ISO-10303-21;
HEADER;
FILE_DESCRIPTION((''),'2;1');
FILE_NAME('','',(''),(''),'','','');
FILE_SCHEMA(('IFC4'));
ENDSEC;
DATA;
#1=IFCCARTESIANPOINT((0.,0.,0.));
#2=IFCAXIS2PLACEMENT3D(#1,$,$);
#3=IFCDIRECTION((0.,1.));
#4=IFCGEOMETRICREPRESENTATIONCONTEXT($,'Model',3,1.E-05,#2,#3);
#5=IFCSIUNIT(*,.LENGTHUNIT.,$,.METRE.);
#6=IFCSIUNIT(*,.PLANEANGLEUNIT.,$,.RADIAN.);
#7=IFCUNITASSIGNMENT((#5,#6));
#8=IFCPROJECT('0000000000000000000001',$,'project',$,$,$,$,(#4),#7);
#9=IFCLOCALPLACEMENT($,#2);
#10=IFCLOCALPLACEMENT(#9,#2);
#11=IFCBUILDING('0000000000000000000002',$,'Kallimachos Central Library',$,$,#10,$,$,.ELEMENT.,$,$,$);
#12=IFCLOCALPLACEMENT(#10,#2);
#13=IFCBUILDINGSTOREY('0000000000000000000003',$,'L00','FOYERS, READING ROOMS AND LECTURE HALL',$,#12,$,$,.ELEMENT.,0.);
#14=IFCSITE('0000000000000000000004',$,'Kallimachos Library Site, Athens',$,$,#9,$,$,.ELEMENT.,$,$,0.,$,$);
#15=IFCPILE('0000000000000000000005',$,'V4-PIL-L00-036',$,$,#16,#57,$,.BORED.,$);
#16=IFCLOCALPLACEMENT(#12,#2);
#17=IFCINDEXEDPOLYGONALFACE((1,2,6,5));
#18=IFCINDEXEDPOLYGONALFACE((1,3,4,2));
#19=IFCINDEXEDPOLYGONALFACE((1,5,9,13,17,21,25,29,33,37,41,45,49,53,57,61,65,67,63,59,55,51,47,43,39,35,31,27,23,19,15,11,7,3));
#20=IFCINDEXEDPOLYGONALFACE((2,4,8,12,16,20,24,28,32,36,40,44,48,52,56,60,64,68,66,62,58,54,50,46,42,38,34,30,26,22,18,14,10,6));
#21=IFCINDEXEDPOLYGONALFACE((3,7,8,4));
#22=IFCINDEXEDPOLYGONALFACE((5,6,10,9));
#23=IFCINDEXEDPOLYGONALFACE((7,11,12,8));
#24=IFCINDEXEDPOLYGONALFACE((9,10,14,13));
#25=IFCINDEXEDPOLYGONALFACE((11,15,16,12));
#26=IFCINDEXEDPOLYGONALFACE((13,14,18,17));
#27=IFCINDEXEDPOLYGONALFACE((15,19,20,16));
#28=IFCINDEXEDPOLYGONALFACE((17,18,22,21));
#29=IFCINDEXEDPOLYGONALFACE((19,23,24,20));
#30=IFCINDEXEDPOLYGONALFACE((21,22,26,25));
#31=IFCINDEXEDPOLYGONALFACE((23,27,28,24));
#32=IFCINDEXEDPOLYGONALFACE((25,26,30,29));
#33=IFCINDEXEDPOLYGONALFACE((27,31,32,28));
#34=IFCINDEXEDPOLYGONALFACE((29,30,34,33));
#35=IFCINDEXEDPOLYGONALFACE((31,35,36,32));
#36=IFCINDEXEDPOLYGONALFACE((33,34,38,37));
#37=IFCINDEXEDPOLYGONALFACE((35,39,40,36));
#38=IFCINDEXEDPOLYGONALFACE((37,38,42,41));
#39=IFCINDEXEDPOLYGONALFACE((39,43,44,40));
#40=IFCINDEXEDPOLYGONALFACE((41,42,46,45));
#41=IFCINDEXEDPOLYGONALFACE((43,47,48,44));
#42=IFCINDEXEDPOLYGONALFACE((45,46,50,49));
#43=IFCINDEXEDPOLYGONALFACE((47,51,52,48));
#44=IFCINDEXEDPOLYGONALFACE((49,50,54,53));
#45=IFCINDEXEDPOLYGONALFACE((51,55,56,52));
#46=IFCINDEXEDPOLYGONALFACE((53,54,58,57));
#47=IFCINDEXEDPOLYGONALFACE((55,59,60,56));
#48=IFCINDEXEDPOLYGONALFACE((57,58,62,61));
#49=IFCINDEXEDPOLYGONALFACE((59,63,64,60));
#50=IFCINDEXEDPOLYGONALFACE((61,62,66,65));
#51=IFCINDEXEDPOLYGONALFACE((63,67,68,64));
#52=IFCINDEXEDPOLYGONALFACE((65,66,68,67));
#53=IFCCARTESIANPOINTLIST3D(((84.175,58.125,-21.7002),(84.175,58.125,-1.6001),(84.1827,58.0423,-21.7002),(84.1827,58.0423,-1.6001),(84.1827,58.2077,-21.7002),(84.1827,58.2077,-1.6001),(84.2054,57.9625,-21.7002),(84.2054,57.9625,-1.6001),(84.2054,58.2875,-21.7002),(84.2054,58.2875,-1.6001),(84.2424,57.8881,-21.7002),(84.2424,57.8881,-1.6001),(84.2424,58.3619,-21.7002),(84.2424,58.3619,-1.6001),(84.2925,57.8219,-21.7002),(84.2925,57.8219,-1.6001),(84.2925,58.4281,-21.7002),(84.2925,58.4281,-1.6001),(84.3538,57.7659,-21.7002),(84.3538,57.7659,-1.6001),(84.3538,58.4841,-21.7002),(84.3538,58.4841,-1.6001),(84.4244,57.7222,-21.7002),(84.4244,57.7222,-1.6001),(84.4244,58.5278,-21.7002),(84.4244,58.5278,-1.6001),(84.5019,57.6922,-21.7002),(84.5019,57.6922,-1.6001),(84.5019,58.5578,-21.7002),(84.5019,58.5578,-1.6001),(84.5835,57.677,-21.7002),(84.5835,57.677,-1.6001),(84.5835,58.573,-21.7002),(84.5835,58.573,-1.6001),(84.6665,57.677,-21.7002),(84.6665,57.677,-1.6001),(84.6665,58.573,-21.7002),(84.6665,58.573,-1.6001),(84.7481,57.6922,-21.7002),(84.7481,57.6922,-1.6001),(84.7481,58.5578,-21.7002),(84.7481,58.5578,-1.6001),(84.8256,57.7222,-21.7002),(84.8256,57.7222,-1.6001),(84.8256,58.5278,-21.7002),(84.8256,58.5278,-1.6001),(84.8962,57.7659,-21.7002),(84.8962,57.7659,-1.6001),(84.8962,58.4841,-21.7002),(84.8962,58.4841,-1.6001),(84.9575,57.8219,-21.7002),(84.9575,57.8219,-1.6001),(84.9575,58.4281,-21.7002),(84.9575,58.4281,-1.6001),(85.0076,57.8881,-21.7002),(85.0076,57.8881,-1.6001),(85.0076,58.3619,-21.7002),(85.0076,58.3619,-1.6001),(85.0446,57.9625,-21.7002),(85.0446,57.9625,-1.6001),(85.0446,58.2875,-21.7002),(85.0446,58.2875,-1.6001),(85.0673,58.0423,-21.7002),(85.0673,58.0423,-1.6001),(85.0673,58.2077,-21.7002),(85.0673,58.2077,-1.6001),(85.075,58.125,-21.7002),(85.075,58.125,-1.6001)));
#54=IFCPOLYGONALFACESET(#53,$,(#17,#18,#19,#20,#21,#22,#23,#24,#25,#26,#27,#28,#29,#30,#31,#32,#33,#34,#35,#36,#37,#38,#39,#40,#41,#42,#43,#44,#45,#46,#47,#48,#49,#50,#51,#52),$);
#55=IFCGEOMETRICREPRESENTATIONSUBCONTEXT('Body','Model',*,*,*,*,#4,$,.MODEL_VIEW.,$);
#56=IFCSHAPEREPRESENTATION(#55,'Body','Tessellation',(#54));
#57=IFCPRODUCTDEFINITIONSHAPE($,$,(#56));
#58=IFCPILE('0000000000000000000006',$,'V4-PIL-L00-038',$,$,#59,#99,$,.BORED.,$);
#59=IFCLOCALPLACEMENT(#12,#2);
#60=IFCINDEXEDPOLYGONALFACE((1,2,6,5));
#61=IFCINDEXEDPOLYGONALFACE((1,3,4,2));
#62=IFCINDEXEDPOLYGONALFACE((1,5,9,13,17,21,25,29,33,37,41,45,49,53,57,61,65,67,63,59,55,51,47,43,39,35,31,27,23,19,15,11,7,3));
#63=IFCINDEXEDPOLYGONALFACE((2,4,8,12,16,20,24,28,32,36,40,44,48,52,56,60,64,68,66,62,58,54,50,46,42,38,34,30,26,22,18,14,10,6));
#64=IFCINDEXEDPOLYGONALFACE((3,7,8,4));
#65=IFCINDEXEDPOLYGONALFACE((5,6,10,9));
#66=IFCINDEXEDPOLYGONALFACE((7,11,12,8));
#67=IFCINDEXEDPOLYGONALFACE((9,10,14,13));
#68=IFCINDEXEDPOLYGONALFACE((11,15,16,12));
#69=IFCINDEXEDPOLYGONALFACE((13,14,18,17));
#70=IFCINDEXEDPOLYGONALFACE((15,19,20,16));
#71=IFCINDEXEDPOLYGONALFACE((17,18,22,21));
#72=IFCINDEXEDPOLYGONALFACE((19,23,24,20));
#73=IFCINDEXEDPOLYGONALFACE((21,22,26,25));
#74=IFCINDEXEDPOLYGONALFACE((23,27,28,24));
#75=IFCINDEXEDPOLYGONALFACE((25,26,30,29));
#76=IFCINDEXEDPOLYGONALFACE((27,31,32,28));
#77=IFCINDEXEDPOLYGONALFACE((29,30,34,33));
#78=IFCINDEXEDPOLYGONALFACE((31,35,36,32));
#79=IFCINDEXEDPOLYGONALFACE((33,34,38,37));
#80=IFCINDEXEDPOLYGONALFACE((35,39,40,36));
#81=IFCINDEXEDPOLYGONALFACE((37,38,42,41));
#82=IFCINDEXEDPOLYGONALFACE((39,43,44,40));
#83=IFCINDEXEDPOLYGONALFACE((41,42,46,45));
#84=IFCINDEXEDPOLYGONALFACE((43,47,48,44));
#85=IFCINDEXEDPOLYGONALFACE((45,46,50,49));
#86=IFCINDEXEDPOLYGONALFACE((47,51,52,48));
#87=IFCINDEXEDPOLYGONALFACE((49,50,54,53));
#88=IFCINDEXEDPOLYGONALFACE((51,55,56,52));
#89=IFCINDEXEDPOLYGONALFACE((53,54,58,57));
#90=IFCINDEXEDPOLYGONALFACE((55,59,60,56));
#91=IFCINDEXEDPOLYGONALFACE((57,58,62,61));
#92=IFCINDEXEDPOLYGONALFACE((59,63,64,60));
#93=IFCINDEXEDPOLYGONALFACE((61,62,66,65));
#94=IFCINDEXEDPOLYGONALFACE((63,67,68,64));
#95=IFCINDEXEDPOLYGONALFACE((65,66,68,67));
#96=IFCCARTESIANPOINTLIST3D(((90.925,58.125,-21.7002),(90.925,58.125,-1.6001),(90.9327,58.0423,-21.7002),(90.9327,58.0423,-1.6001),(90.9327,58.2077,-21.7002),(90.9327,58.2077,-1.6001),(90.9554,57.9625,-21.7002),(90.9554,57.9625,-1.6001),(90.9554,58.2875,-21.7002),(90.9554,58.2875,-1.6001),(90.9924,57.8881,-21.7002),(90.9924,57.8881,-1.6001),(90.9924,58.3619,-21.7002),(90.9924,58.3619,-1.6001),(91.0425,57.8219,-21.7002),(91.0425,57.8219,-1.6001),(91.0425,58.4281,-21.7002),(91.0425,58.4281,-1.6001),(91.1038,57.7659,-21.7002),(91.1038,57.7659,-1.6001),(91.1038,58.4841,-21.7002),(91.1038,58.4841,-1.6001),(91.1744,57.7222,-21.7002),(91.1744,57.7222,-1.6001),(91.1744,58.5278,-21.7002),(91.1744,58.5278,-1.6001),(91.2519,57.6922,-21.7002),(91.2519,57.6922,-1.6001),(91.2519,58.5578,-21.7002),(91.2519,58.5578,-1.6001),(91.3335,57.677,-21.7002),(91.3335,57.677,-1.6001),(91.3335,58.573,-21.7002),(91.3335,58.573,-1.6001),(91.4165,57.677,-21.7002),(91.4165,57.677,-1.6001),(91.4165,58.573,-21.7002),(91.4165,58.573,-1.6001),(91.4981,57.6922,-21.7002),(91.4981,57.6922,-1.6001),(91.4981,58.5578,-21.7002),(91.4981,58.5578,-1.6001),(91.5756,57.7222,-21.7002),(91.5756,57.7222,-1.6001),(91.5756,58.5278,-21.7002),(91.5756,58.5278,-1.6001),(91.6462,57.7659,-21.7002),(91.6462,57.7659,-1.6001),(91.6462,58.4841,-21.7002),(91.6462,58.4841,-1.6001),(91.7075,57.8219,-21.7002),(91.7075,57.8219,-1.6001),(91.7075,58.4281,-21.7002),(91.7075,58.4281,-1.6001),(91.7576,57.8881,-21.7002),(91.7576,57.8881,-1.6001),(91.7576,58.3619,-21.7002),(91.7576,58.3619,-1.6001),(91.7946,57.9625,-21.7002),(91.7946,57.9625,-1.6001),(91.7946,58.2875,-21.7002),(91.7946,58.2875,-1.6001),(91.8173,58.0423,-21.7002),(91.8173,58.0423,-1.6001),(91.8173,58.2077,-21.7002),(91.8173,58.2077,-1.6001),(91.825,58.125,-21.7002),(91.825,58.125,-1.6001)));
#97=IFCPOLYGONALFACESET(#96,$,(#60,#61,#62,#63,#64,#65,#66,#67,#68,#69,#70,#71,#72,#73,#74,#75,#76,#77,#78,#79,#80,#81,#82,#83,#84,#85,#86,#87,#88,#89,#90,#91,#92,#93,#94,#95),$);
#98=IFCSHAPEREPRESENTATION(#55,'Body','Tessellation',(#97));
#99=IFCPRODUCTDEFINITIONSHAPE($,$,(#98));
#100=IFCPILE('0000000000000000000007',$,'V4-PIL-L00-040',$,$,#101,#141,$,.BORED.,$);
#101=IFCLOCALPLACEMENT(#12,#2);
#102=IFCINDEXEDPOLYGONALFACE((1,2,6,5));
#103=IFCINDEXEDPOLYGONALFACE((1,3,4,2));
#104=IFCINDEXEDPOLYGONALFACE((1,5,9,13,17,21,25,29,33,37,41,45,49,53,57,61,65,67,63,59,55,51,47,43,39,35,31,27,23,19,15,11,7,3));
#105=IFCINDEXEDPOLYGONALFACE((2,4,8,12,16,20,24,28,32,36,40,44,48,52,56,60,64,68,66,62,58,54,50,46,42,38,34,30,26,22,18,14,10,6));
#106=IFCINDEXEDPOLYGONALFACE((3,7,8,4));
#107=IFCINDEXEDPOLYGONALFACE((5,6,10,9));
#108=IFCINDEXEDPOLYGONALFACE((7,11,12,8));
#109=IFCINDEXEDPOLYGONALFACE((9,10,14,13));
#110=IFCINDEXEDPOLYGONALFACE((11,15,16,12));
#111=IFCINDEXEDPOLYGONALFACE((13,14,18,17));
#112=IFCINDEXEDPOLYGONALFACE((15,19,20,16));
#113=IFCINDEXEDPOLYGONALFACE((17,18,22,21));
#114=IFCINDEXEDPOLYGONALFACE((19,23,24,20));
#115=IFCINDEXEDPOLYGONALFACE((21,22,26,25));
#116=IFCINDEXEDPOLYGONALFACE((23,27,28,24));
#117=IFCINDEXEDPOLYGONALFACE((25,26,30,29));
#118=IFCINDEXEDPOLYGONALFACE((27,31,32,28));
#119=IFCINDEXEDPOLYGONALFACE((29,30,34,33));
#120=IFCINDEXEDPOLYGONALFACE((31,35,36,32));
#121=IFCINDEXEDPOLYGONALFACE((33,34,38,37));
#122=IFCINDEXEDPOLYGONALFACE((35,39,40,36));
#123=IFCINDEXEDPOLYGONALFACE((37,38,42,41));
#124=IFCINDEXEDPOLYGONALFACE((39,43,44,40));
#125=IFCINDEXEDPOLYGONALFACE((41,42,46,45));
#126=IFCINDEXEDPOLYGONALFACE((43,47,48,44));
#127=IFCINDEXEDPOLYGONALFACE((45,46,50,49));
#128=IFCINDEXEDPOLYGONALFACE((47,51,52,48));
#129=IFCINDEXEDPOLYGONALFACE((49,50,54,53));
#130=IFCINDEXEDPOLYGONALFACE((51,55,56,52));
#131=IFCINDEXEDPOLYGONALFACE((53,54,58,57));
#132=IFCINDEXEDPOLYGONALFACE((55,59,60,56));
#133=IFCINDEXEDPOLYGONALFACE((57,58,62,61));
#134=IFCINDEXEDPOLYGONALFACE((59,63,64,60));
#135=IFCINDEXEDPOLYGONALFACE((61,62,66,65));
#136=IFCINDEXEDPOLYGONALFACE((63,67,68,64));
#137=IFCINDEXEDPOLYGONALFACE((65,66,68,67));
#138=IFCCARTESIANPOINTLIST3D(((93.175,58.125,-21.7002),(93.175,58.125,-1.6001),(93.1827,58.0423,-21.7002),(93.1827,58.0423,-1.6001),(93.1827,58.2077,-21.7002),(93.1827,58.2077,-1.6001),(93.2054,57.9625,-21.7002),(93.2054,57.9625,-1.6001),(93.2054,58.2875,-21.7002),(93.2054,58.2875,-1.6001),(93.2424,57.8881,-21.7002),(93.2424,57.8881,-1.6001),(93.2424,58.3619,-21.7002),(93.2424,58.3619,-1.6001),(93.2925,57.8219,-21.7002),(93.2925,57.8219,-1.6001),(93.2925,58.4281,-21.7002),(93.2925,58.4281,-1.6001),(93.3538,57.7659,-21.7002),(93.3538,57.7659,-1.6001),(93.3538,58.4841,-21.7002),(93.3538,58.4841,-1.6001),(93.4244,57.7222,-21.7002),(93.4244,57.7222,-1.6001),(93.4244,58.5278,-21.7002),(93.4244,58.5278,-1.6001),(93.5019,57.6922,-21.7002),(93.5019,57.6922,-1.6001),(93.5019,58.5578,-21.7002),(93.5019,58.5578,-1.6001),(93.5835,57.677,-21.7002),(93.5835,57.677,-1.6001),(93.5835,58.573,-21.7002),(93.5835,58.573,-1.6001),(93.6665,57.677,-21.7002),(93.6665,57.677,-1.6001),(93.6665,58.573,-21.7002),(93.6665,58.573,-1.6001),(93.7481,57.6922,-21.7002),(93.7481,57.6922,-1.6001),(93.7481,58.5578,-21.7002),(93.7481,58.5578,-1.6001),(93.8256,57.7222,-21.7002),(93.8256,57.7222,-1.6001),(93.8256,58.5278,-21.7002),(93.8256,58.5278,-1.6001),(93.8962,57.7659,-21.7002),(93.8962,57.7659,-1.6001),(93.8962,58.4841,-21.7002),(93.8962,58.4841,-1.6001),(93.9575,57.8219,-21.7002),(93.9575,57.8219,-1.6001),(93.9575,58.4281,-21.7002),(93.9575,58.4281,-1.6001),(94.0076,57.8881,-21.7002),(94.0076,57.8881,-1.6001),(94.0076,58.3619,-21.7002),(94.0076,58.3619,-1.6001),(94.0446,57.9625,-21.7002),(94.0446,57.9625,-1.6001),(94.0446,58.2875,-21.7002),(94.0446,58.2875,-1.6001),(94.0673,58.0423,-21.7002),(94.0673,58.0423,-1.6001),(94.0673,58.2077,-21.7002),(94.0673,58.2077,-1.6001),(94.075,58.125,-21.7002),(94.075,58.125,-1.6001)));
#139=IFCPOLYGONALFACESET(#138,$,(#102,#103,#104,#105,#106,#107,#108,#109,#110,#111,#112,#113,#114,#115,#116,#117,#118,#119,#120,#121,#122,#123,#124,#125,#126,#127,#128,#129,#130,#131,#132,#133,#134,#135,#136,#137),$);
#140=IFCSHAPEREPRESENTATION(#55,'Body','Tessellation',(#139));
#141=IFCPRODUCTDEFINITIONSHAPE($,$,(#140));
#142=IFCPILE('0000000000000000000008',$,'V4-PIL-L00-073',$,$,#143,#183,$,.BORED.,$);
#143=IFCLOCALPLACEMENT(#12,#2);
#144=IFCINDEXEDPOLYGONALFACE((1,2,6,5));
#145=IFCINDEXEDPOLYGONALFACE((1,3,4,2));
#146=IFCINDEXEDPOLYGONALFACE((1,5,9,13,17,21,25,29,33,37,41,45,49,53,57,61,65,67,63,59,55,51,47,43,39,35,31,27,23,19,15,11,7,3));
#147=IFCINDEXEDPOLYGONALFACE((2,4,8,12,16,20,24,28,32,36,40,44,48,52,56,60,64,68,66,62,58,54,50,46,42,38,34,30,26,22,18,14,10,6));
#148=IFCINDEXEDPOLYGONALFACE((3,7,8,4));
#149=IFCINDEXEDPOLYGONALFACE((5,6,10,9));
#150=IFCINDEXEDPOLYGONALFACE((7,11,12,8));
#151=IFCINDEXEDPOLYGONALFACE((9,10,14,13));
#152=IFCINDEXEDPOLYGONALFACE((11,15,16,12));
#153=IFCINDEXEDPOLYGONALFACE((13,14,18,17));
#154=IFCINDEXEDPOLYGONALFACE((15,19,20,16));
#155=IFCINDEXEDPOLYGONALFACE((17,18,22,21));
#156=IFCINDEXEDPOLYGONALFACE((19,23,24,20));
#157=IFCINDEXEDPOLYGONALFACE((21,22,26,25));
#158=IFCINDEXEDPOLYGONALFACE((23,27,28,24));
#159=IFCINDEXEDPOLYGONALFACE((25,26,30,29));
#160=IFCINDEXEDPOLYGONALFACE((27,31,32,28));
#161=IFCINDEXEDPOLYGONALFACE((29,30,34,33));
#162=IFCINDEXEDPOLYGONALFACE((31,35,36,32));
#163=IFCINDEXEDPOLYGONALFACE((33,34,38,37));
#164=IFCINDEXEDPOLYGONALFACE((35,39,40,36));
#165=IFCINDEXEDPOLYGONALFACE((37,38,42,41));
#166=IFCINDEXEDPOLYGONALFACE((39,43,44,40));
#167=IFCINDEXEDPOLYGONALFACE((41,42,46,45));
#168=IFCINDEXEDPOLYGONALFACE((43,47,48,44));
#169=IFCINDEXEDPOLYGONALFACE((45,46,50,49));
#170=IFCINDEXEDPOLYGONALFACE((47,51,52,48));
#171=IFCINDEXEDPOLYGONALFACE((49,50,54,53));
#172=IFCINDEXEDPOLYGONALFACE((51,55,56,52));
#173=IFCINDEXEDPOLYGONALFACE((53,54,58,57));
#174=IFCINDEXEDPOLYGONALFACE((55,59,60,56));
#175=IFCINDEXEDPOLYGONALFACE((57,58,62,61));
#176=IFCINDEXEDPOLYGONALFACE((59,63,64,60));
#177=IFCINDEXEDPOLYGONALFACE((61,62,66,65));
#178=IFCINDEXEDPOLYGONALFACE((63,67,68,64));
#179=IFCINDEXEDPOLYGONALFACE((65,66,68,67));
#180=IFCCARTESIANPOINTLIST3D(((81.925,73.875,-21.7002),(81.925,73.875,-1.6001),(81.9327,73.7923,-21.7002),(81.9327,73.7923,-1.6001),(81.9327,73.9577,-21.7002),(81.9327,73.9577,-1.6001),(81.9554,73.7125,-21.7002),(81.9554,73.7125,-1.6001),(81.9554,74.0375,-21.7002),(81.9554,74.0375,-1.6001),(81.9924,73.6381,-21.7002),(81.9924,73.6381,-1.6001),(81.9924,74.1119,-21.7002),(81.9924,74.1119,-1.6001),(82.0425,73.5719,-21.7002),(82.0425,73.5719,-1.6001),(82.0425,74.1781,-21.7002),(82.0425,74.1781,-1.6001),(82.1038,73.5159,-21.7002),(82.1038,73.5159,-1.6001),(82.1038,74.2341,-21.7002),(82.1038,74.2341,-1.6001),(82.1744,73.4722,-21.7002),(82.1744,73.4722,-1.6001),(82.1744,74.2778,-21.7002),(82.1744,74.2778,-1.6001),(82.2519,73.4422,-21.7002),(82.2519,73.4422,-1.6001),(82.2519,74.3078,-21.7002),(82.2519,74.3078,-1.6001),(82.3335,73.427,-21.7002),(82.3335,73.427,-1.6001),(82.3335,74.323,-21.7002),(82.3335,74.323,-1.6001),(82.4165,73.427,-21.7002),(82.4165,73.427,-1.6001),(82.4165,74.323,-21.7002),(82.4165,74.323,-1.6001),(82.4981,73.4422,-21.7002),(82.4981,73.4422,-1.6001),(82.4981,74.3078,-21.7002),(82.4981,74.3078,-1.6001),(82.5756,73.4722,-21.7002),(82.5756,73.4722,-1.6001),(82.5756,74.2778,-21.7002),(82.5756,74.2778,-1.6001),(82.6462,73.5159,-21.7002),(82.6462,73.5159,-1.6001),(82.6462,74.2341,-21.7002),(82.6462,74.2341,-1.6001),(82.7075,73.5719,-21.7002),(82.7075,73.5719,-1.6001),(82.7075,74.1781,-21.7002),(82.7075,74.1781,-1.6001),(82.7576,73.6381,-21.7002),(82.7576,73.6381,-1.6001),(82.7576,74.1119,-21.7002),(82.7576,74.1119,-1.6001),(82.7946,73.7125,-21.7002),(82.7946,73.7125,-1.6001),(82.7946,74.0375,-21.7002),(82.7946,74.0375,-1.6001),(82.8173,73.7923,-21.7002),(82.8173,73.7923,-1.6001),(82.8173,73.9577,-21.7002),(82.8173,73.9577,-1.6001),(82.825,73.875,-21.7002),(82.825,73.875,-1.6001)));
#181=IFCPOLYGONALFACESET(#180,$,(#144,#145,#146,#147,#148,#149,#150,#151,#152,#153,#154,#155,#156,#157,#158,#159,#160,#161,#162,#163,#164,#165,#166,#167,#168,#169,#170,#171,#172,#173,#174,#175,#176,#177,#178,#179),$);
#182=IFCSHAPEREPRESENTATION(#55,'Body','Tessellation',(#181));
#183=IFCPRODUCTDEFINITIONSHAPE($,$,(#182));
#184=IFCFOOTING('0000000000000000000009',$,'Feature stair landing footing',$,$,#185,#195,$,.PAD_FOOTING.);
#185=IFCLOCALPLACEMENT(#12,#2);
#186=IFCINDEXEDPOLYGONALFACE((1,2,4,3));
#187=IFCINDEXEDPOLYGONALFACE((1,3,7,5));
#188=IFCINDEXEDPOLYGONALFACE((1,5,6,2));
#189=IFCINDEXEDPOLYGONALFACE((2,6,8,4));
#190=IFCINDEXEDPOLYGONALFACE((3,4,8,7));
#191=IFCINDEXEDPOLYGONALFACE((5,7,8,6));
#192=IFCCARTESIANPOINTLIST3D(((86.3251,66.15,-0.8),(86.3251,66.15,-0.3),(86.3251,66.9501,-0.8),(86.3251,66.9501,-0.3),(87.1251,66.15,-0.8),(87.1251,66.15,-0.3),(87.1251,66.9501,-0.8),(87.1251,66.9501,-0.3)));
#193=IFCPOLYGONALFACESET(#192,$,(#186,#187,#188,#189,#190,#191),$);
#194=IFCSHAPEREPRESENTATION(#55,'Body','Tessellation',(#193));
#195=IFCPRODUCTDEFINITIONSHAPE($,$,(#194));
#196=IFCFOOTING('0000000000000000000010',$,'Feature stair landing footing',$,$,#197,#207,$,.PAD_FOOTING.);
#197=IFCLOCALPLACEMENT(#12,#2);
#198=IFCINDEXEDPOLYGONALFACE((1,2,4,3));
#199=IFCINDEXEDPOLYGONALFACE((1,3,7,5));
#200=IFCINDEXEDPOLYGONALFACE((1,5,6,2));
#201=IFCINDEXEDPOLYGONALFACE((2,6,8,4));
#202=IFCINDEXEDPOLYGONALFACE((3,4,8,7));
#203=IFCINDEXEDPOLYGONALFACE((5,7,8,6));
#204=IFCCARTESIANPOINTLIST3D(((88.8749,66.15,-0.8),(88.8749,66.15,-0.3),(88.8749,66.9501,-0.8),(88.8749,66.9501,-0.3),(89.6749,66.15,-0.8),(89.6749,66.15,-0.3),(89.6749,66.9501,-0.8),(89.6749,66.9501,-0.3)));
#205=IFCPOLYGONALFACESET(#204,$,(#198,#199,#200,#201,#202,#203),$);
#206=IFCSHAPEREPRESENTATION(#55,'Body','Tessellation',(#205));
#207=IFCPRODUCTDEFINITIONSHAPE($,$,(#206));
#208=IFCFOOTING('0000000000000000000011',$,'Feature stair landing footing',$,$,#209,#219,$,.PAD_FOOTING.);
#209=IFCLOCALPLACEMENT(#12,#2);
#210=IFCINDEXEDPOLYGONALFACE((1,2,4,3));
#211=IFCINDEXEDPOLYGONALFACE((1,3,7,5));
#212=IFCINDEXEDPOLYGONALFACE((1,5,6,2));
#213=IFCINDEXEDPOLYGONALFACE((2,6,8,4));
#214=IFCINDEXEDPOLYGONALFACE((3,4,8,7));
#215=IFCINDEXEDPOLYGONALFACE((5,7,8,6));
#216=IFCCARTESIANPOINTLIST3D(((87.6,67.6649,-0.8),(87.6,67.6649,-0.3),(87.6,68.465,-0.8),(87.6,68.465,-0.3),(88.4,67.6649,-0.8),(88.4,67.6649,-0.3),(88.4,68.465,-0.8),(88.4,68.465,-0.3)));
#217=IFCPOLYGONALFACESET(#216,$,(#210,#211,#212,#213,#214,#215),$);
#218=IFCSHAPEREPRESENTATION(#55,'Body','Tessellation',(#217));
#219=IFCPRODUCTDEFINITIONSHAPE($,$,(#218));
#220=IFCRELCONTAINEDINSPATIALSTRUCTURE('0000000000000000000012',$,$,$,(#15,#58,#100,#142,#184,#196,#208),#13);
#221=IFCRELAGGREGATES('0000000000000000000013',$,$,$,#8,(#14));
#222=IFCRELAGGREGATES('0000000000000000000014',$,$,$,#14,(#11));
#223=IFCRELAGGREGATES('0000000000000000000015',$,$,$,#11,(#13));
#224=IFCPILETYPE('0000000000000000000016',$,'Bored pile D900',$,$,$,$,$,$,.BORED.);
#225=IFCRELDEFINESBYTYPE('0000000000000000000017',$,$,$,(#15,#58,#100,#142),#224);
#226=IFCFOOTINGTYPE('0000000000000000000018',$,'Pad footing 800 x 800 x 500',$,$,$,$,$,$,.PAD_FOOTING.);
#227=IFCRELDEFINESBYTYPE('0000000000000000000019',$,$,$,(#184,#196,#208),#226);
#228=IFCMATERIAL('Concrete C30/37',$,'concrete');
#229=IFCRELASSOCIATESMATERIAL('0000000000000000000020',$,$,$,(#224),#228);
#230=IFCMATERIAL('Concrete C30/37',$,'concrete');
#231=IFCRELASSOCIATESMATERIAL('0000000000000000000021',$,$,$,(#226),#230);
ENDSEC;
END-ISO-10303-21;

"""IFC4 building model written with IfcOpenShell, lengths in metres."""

from ifc_helpers import new_model, si_unit, direction, frame, origin, origin_2d, place, context, subcontext, project, spatial, rectangle, circle, extrude, material, type_object, element, save


model = new_model("IFC4")

# Units and contexts
model_context = context("Model", 3, precision=1e-05, world=origin(), true_north=direction((0.0, 1.0)))
body_context = subcontext(model_context, "Body", "Model", "MODEL_VIEW")
ifc_project = project(units=[si_unit("LENGTHUNIT", "METRE"), si_unit("PLANEANGLEUNIT", "RADIAN")], contexts=[model_context])

# Site, building, storey
site_placement = place(None, origin())
site = spatial("IfcSite", under=ifc_project, at=site_placement, Name="Kallimachos Library Site, Athens", CompositionType="ELEMENT", RefElevation=0.0)
building_placement = place(site_placement, origin())
building = spatial("IfcBuilding", under=site, at=building_placement, Name="Kallimachos Central Library", CompositionType="ELEMENT")
storey_placement = place(building_placement, origin())
storey = spatial("IfcBuildingStorey", under=building, at=storey_placement, Name="L00", Description="FOYERS, READING ROOMS AND LECTURE HALL", CompositionType="ELEMENT", Elevation=0.0)

# Piles
ifc_material_1 = material(Name="Concrete C30/37", Category="concrete")
pile_type = type_object("IfcPileType", Name="Bored pile D900", PredefinedType="BORED", material=ifc_material_1)
for number, where, z_axis, x_axis, name in (
    (1, (84.625, 58.125, -1.6001), (0.0, 0.0, -1.0), (1.0, 0.0, 0.0), "V4-PIL-L00-036"),
    (2, (91.375, 58.125, -1.6001), (0.0, 0.0, -1.0), (1.0, 0.0, 0.0), "V4-PIL-L00-038"),
    (3, (93.625, 58.125, -1.6001), (0.0, 0.0, -1.0), (1.0, 0.0, 0.0), "V4-PIL-L00-040"),
    (4, (82.375, 73.875, -1.6001), (0.0, 0.0, -1.0), (1.0, 0.0, 0.0), "V4-PIL-L00-073"),
):
    element("IfcPile", number, at=place(storey_placement, frame(where, z_axis=z_axis, x_axis=x_axis)), inside=storey, type_object=pile_type, Name=name, PredefinedType="BORED", context=body_context, shape_type="SweptSolid", body=[
        extrude(circle(Radius=0.45, at=origin_2d()), origin(), (0.0, 0.0, 1.0), 20.1001),
    ])

# Footings
ifc_material_2 = material(Name="Concrete C30/37", Category="concrete")
footing_type = type_object("IfcFootingType", Name="Pad footing 800 x 800 x 500", PredefinedType="PAD_FOOTING", material=ifc_material_2)
for number, where, z_axis, x_axis, name in (
    (5, (86.7251, 66.55, -0.8), (0.0, 0.0, 1.0), (1.0, 0.0, 0.0), "Feature stair landing footing"),
    (6, (89.2749, 66.55, -0.8), (0.0, 0.0, 1.0), (1.0, 0.0, 0.0), "Feature stair landing footing"),
    (7, (88.0, 68.0649, -0.8), (0.0, 0.0, 1.0), (1.0, 0.0, 0.0), "Feature stair landing footing"),
):
    element("IfcFooting", number, at=place(storey_placement, frame(where, z_axis=z_axis, x_axis=x_axis)), inside=storey, type_object=footing_type, Name=name, PredefinedType="PAD_FOOTING", context=body_context, shape_type="SweptSolid", body=[
        extrude(rectangle(XDim=0.8, YDim=0.8, at=origin_2d()), origin(), (0.0, 0.0, 1.0), 0.5),
    ])

save(model, "model.ifc")
